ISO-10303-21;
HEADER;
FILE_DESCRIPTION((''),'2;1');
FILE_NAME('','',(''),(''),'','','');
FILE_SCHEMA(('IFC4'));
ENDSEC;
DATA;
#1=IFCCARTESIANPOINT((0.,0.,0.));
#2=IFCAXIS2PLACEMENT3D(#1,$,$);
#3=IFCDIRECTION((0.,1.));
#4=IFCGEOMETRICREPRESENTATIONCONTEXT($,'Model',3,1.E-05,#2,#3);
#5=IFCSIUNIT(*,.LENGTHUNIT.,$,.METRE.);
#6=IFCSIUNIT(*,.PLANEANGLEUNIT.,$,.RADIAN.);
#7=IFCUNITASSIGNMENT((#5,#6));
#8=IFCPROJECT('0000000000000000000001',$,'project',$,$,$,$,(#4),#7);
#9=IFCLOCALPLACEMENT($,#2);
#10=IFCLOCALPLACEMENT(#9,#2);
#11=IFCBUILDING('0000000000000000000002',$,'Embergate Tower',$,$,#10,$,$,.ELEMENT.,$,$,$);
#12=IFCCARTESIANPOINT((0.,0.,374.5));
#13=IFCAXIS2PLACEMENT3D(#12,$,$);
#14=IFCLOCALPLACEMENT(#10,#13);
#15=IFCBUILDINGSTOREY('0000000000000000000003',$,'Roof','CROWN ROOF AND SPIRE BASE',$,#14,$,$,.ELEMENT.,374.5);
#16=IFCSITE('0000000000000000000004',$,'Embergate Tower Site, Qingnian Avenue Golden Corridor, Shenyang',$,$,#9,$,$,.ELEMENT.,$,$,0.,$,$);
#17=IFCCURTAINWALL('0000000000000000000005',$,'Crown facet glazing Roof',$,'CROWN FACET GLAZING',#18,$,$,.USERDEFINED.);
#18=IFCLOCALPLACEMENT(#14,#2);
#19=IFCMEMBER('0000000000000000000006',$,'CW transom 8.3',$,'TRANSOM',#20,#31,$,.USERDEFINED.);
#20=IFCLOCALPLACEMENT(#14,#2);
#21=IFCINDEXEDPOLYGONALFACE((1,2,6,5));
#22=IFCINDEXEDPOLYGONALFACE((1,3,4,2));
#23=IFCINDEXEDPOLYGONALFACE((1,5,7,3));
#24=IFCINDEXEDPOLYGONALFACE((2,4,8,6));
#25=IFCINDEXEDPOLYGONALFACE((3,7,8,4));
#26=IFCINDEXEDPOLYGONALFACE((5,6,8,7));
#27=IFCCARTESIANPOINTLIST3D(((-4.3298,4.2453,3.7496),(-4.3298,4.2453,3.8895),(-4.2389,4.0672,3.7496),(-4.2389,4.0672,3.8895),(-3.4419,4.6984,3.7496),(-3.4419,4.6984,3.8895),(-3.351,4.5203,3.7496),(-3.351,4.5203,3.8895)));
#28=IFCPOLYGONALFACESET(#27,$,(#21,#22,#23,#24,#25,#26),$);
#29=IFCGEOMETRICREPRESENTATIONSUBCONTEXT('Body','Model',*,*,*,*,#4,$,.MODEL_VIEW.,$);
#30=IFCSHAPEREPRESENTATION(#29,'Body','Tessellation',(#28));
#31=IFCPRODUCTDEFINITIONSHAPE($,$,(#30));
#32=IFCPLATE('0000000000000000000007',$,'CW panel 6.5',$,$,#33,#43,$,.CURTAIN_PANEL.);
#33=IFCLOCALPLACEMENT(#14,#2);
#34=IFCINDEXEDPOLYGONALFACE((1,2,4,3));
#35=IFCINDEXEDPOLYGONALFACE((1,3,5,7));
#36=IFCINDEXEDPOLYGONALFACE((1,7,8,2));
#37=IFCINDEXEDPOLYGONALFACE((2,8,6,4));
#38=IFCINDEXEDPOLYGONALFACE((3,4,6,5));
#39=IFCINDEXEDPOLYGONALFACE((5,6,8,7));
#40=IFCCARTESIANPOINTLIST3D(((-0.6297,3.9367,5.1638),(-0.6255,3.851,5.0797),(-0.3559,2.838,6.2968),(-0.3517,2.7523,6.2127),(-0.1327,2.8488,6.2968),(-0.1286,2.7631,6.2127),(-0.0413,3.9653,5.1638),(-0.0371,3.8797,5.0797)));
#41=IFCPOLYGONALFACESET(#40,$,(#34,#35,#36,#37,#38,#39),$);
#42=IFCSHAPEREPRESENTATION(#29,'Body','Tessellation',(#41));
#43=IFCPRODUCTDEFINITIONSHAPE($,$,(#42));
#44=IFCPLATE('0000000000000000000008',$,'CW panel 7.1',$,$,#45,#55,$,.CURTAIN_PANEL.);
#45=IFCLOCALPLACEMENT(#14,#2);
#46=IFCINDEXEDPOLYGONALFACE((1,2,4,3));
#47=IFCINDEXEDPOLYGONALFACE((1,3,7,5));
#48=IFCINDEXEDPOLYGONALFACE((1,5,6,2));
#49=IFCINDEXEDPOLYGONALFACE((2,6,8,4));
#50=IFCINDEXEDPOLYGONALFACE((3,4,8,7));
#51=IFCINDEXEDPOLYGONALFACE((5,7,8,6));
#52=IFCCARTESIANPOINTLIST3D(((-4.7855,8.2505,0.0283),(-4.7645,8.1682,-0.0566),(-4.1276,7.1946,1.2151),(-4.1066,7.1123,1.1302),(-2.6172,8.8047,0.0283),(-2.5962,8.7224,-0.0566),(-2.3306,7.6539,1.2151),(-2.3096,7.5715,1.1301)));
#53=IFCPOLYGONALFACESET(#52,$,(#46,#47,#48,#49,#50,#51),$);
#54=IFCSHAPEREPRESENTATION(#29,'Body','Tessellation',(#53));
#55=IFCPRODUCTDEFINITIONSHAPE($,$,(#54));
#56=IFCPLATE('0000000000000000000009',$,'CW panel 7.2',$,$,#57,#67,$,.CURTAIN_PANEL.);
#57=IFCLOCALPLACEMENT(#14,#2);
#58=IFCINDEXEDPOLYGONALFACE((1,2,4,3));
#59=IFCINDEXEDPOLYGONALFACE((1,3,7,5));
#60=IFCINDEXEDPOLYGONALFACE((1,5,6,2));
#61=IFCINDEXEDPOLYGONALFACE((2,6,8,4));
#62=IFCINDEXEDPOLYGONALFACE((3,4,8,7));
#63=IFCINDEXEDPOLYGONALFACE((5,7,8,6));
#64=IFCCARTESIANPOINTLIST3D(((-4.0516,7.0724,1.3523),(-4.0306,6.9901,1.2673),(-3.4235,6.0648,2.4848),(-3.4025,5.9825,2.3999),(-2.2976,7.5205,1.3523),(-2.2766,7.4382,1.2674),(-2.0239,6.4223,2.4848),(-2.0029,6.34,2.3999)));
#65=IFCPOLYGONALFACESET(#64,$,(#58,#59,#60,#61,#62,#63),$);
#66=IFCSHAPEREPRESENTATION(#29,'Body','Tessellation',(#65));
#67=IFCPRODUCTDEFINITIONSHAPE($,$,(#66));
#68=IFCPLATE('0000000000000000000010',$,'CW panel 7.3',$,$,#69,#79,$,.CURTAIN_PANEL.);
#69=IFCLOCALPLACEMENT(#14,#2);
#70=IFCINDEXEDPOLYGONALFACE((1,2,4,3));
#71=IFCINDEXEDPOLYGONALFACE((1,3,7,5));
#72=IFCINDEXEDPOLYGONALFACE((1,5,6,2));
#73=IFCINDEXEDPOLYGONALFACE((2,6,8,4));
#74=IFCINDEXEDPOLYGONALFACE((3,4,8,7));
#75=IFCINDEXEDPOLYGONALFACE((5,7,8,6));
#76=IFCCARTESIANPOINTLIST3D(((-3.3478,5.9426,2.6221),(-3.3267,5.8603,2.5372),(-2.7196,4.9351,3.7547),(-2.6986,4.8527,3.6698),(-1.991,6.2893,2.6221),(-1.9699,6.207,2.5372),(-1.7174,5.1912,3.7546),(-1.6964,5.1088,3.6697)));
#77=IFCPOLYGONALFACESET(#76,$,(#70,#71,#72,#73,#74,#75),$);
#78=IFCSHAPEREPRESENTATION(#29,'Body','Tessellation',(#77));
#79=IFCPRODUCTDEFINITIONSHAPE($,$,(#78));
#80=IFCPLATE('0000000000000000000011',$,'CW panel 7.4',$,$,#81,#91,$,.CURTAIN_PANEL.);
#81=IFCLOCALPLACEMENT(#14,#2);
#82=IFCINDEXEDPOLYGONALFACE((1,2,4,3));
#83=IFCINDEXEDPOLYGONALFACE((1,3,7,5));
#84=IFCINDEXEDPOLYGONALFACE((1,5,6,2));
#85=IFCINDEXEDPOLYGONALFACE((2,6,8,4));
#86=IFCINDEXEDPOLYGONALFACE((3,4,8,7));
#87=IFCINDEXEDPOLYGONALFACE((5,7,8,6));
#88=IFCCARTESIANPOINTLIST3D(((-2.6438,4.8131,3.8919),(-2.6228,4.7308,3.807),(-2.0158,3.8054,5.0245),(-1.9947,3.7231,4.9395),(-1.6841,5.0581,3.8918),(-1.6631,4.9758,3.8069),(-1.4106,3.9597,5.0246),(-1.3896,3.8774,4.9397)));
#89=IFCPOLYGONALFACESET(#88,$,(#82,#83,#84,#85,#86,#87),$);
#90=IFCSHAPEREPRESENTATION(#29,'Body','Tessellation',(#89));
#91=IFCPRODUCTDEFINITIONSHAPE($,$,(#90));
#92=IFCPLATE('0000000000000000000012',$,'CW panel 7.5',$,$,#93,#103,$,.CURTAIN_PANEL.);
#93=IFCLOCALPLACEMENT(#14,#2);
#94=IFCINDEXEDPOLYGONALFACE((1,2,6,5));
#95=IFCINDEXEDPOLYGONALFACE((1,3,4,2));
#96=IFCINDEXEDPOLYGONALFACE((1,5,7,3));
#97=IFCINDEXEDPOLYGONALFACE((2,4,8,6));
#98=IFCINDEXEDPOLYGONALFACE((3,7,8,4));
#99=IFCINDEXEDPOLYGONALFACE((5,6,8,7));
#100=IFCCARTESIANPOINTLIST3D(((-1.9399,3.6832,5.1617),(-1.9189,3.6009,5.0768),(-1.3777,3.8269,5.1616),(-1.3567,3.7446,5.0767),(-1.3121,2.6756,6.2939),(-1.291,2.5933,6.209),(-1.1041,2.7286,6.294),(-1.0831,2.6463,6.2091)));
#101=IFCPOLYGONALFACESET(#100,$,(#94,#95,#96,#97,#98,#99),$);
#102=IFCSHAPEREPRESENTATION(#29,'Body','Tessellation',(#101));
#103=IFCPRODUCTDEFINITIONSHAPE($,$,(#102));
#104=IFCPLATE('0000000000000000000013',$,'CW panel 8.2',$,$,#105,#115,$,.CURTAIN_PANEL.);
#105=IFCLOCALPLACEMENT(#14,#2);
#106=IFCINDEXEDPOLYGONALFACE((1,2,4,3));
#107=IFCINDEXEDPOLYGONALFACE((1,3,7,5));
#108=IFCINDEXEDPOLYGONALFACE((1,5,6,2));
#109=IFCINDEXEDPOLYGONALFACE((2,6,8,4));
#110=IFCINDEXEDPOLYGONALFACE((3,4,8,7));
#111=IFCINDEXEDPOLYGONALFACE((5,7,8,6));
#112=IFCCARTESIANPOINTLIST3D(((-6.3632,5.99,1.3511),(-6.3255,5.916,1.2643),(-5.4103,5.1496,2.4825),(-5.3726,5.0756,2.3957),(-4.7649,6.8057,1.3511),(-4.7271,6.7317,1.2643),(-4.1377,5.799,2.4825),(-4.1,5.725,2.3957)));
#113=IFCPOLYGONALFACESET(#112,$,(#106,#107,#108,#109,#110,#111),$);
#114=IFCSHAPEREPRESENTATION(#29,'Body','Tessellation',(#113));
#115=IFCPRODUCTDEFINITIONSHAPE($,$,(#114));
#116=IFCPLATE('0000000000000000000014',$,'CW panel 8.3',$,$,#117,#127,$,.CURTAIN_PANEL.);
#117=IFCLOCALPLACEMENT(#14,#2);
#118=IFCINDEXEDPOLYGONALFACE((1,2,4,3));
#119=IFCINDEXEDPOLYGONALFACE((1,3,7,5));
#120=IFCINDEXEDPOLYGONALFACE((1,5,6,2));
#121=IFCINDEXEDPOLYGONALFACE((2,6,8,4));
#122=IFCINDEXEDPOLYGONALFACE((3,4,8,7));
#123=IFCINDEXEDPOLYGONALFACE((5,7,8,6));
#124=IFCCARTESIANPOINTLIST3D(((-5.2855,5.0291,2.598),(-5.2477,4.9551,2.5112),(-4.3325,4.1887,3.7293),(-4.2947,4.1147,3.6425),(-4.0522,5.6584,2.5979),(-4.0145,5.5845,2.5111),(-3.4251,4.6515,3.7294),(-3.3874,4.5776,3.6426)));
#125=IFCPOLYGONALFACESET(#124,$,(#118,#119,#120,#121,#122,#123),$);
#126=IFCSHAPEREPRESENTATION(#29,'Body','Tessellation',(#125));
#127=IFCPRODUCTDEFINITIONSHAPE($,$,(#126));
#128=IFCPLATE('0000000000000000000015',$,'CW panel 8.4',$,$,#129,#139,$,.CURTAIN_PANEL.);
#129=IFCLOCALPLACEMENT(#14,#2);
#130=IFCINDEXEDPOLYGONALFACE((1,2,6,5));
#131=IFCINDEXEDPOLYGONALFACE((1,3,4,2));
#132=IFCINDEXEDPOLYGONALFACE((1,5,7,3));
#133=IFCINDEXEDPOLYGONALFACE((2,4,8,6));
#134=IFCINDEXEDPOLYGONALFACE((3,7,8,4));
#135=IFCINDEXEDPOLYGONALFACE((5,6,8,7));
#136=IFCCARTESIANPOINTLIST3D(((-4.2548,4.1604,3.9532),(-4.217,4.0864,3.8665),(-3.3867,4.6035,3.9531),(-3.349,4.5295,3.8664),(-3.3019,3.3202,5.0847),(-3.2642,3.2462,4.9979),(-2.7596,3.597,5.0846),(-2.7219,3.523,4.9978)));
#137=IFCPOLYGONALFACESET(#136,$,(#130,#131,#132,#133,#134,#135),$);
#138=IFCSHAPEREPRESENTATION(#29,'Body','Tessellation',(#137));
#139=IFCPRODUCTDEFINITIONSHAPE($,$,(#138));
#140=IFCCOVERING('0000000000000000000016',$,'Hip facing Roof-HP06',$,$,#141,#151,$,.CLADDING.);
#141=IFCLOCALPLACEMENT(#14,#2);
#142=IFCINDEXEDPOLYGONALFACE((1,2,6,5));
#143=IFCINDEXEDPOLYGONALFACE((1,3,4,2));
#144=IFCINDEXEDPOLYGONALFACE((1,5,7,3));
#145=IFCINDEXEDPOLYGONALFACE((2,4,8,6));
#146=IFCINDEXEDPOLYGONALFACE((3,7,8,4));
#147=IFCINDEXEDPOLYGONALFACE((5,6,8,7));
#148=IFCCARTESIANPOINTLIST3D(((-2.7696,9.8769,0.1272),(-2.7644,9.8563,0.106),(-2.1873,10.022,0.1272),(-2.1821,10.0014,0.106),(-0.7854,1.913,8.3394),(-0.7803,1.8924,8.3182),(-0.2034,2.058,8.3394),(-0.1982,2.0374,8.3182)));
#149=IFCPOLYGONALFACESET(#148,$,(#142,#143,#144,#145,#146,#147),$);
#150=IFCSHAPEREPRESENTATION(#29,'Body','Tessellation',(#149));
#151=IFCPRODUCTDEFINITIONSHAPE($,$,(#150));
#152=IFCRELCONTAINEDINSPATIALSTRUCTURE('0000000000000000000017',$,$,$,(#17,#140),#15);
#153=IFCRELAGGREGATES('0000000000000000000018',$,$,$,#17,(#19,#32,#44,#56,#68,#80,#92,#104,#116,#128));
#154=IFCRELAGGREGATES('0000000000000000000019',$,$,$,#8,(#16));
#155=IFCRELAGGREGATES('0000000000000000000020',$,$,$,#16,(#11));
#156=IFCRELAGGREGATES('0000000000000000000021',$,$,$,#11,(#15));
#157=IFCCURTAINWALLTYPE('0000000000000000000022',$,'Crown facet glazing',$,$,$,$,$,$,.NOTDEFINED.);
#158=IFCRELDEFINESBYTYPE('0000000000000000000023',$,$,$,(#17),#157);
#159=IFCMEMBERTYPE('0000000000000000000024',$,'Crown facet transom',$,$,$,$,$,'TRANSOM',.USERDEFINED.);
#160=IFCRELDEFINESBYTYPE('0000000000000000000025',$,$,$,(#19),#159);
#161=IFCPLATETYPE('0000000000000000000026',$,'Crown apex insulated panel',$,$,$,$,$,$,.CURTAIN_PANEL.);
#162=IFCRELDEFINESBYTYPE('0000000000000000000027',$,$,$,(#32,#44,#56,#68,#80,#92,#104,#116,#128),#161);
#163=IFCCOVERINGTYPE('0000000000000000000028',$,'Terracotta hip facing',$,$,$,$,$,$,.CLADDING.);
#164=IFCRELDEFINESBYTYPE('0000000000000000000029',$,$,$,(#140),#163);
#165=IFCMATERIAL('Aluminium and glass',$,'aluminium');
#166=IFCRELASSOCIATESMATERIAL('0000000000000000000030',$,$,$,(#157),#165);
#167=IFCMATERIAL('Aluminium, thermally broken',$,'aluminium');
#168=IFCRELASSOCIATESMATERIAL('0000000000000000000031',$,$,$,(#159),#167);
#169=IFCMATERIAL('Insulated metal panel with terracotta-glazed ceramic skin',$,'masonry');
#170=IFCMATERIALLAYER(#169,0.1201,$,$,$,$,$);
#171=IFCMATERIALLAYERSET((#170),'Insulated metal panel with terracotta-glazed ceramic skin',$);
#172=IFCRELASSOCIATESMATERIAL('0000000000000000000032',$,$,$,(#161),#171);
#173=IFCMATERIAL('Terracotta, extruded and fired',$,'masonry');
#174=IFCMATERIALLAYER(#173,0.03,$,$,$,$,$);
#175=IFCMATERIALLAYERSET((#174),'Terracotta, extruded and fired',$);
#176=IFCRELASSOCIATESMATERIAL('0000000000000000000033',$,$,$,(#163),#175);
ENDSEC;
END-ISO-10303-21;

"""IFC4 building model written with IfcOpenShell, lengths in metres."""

from ifc_helpers import new_model, si_unit, direction, frame, origin, origin_2d, place, context, subcontext, project, spatial, polyline, rectangle, outline, extrude, source, transform, mapped, material, layer, layer_set, material_profile, profile_set, type_object, element, aggregate, save


model = new_model("IFC4")

# Units and contexts
model_context = context("Model", 3, precision=1e-05, world=origin(), true_north=direction((0.0, 1.0)))
body_context = subcontext(model_context, "Body", "Model", "MODEL_VIEW")
ifc_project = project(units=[si_unit("LENGTHUNIT", "METRE"), si_unit("PLANEANGLEUNIT", "RADIAN")], contexts=[model_context])

# Site, building, storey
site_placement = place(None, origin())
site = spatial("IfcSite", under=ifc_project, at=site_placement, Name="Embergate Tower Site, Qingnian Avenue Golden Corridor, Shenyang", CompositionType="ELEMENT", RefElevation=0.0)
building_placement = place(site_placement, origin())
building = spatial("IfcBuilding", under=site, at=building_placement, Name="Embergate Tower", CompositionType="ELEMENT")
storey_placement = place(building_placement, frame((0.0, 0.0, 374.5)))
storey = spatial("IfcBuildingStorey", under=building, at=storey_placement, Name="Roof", Description="CROWN ROOF AND SPIRE BASE", CompositionType="ELEMENT", Elevation=374.5)

# Curtain wall, member, plates
ifc_material_1 = material(Name="Aluminium and glass", Category="aluminium")
curtain_wall_type = type_object("IfcCurtainWallType", Name="Crown facet glazing", PredefinedType="NOTDEFINED", material=ifc_material_1)
curtain_wall_placement = place(storey_placement, origin())
curtain_wall = element("IfcCurtainWall", 1, at=curtain_wall_placement, inside=storey, type_object=curtain_wall_type, Name="Crown facet glazing Roof", ObjectType="CROWN FACET GLAZING", PredefinedType="USERDEFINED")
ifc_material_2 = material(Name="Aluminium, thermally broken", Category="aluminium")
ifc_material_profile_1 = material_profile(ifc_material_2, rectangle(XDim=0.2, YDim=0.1399, at=origin_2d()), Name="AL 140x200")
ifc_profile_set_1 = profile_set([ifc_material_profile_1], Name="Aluminium, thermally broken")
member_type_1 = type_object("IfcMemberType", Name="Crown facet transom", ElementType="TRANSOM", PredefinedType="USERDEFINED", material=ifc_profile_set_1)
shared_shape_1 = source(origin(), body_context, "Body", "SweptSolid", [
    extrude(rectangle(XDim=0.2, YDim=0.1399, at=origin_2d()), origin(), (0.0, 0.0, 1.0), 0.9968),
])
member_1_placement = place(storey_placement, frame((-3.3965, 4.6094, 3.8196), z_axis=(-0.890723, -0.454546, 0.0), x_axis=(0.454546, -0.890723, 0.0)))
member_1 = element("IfcMember", 2, at=member_1_placement, type_object=member_type_1, Name="CW transom 8.3", ObjectType="TRANSOM", PredefinedType="USERDEFINED", context=body_context, shape_type="MappedRepresentation", body=[
    mapped(shared_shape_1, transform((0.0, 0.0, 0.0))),
])
ifc_material_3 = material(Name="Insulated metal panel with terracotta-glazed ceramic skin", Category="masonry")
ifc_layer_1 = layer(ifc_material_3, 0.1201)
ifc_layer_set_1 = layer_set([ifc_layer_1], Name="Insulated metal panel with terracotta-glazed ceramic skin")
plate_type = type_object("IfcPlateType", Name="Crown apex insulated panel", PredefinedType="CURTAIN_PANEL", material=ifc_layer_set_1)
shared_shape_2 = source(origin(), body_context, "Body", "SweptSolid", [
    extrude(outline(polyline([(0.0, 0.0), (0.5891, 0.0), (0.3689, 1.5867), (0.1455, 1.5867), (0.0, 0.0)])), origin(), (0.0, 0.0, -1.0), 0.1201),
])
plate_1_placement = place(storey_placement, frame((-0.0413, 3.9653, 5.1638), z_axis=(-0.034761, 0.713243, 0.700054), x_axis=(-0.998819, -0.048587, -0.000094)))
plate_1 = element("IfcPlate", 3, at=plate_1_placement, type_object=plate_type, Name="CW panel 6.5", PredefinedType="CURTAIN_PANEL", context=body_context, shape_type="MappedRepresentation", body=[
    mapped(shared_shape_2, transform((0.0, 0.0, 0.0))),
])
shared_shape_3 = source(origin(), body_context, "Body", "SweptSolid", [
    extrude(outline(polyline([(0.0, 0.0), (2.238, 0.0), (1.8621, 1.6777), (0.0073, 1.6777), (0.0, 0.0)])), origin(), (0.0, 0.0, -1.0), 0.1201),
])
plate_2_placement = place(storey_placement, frame((-2.6172, 8.8047, 0.0283), z_axis=(-0.175137, 0.685318, 0.706871), x_axis=(-0.968861, -0.247607, 0.000008)))
plate_2 = element("IfcPlate", 4, at=plate_2_placement, type_object=plate_type, Name="CW panel 7.1", PredefinedType="CURTAIN_PANEL", context=body_context, shape_type="MappedRepresentation", body=[
    mapped(shared_shape_3, transform((0.0, 0.0, 0.0))),
])
shared_shape_4 = source(origin(), body_context, "Body", "SweptSolid", [
    extrude(outline(polyline([(0.0, 0.0), (1.8103, 0.0), (1.4512, 1.6011), (0.0066, 1.6011), (0.0, 0.0)])), origin(), (0.0, 0.0, -1.0), 0.1201),
])
plate_3_placement = place(storey_placement, frame((-2.2976, 7.5205, 1.3523), z_axis=(-0.175088, 0.685336, 0.706866), x_axis=(-0.968887, -0.247505, -0.000023)))
plate_3 = element("IfcPlate", 5, at=plate_3_placement, type_object=plate_type, Name="CW panel 7.2", PredefinedType="CURTAIN_PANEL", context=body_context, shape_type="MappedRepresentation", body=[
    mapped(shared_shape_4, transform((0.0, 0.0, 0.0))),
])
shared_shape_5 = source(origin(), body_context, "Body", "SweptSolid", [
    extrude(outline(polyline([(0.0, 0.0), (1.4004, 0.0), (1.0413, 1.6011), (0.0068, 1.6011), (0.0, 0.0)])), origin(), (0.0, 0.0, -1.0), 0.1201),
])
plate_4_placement = place(storey_placement, frame((-1.991, 6.2893, 2.6221), z_axis=(-0.175118, 0.685364, 0.706831), x_axis=(-0.968871, -0.247568, 0.000011)))
plate_4 = element("IfcPlate", 6, at=plate_4_placement, type_object=plate_type, Name="CW panel 7.3", PredefinedType="CURTAIN_PANEL", context=body_context, shape_type="MappedRepresentation", body=[
    mapped(shared_shape_5, transform((0.0, 0.0, 0.0))),
])
shared_shape_6 = source(origin(), body_context, "Body", "SweptSolid", [
    extrude(outline(polyline([(0.0, 0.0), (0.9905, 0.0), (0.6313, 1.6011), (0.0068, 1.6013), (0.0, 0.0)])), origin(), (0.0, 0.0, -1.0), 0.1201),
])
plate_5_placement = place(storey_placement, frame((-1.6841, 5.0581, 3.8918), z_axis=(-0.174932, 0.685398, 0.706844), x_axis=(-0.968918, -0.24738, 0.000084)))
plate_5 = element("IfcPlate", 7, at=plate_5_placement, type_object=plate_type, Name="CW panel 7.4", PredefinedType="CURTAIN_PANEL", context=body_context, shape_type="MappedRepresentation", body=[
    mapped(shared_shape_6, transform((0.0, 0.0, 0.0))),
])
shared_shape_7 = source(origin(), body_context, "Body", "SweptSolid", [
    extrude(outline(polyline([(0.0, 0.0), (0.5803, 0.0), (0.2217, 1.6008), (0.0071, 1.6011), (0.0, 0.0)])), origin(), (0.0, 0.0, -1.0), 0.1201),
])
plate_6_placement = place(storey_placement, frame((-1.3777, 3.8269, 5.1616), z_axis=(-0.175063, 0.685264, 0.706942), x_axis=(-0.96885, -0.247648, 0.000134)))
plate_6 = element("IfcPlate", 8, at=plate_6_placement, type_object=plate_type, Name="CW panel 7.5", PredefinedType="CURTAIN_PANEL", context=body_context, shape_type="MappedRepresentation", body=[
    mapped(shared_shape_7, transform((0.0, 0.0, 0.0))),
])
shared_shape_8 = source(origin(), body_context, "Body", "SweptSolid", [
    extrude(outline(polyline([(0.0, 0.0), (1.7944, 0.0), (1.3276, 1.636), (-0.1011, 1.636), (0.0, 0.0)])), origin(), (0.0, 0.0, -1.0), 0.1201),
])
plate_7_placement = place(storey_placement, frame((-4.7649, 6.8057, 1.3511), z_axis=(-0.314337, 0.615998, 0.722315), x_axis=(-0.890727, -0.454538, 0.000008)))
plate_7 = element("IfcPlate", 9, at=plate_7_placement, type_object=plate_type, Name="CW panel 8.2", PredefinedType="CURTAIN_PANEL", context=body_context, shape_type="MappedRepresentation", body=[
    mapped(shared_shape_8, transform((0.0, 0.0, 0.0))),
])
shared_shape_9 = source(origin(), body_context, "Body", "SweptSolid", [
    extrude(outline(polyline([(0.0, 0.0), (1.3845, 0.0), (0.9177, 1.636), (-0.1008, 1.6362), (0.0, 0.0)])), origin(), (0.0, 0.0, -1.0), 0.1201),
])
plate_8_placement = place(storey_placement, frame((-4.0522, 5.6584, 2.5979), z_axis=(-0.314311, 0.615976, 0.722345), x_axis=(-0.890716, -0.454561, 0.000051)))
plate_8 = element("IfcPlate", 10, at=plate_8_placement, type_object=plate_type, Name="CW panel 8.3", PredefinedType="CURTAIN_PANEL", context=body_context, shape_type="MappedRepresentation", body=[
    mapped(shared_shape_9, transform((0.0, 0.0, 0.0))),
])
shared_shape_10 = source(origin(), body_context, "Body", "SweptSolid", [
    extrude(outline(polyline([(0.0, 0.0), (0.9746, 0.0), (0.5081, 1.636), (-0.1008, 1.636), (0.0, 0.0)])), origin(), (0.0, 0.0, -1.0), 0.1201),
])
plate_9_placement = place(storey_placement, frame((-3.3867, 4.6035, 3.9531), z_axis=(-0.314354, 0.616054, 0.72226), x_axis=(-0.890686, -0.454619, 0.000111)))
plate_9 = element("IfcPlate", 11, at=plate_9_placement, type_object=plate_type, Name="CW panel 8.4", PredefinedType="CURTAIN_PANEL", context=body_context, shape_type="MappedRepresentation", body=[
    mapped(shared_shape_10, transform((0.0, 0.0, 0.0))),
])
aggregate(curtain_wall, [member_1, plate_1, plate_2, plate_3, plate_4, plate_5, plate_6, plate_7, plate_8, plate_9])

# Covering
ifc_material_4 = material(Name="Terracotta, extruded and fired", Category="masonry")
ifc_layer_2 = layer(ifc_material_4, 0.03)
ifc_layer_set_2 = layer_set([ifc_layer_2], Name="Terracotta, extruded and fired")
covering_type = type_object("IfcCoveringType", Name="Terracotta hip facing", PredefinedType="CLADDING", material=ifc_layer_set_2)
shared_shape_11 = source(origin(), body_context, "Body", "SweptSolid", [
    extrude(outline(polyline([(0.0, 0.0), (11.6104, 0.0), (11.6104, -0.5999), (0.0, -0.6001), (0.0, 0.0)])), origin(), (0.0, 0.0, -1.0), 0.03),
])
covering_placement = place(storey_placement, frame((-2.1873, 10.022, 0.1272), z_axis=(-0.170974, 0.686342, 0.706897), x_axis=(0.170874, -0.685934, 0.707317)))
element("IfcCovering", 12, at=covering_placement, inside=storey, type_object=covering_type, Name="Hip facing Roof-HP06", PredefinedType="CLADDING", context=body_context, shape_type="MappedRepresentation", body=[
    mapped(shared_shape_11, transform((0.0, 0.0, 0.0))),
])

save(model, "model.ifc")
